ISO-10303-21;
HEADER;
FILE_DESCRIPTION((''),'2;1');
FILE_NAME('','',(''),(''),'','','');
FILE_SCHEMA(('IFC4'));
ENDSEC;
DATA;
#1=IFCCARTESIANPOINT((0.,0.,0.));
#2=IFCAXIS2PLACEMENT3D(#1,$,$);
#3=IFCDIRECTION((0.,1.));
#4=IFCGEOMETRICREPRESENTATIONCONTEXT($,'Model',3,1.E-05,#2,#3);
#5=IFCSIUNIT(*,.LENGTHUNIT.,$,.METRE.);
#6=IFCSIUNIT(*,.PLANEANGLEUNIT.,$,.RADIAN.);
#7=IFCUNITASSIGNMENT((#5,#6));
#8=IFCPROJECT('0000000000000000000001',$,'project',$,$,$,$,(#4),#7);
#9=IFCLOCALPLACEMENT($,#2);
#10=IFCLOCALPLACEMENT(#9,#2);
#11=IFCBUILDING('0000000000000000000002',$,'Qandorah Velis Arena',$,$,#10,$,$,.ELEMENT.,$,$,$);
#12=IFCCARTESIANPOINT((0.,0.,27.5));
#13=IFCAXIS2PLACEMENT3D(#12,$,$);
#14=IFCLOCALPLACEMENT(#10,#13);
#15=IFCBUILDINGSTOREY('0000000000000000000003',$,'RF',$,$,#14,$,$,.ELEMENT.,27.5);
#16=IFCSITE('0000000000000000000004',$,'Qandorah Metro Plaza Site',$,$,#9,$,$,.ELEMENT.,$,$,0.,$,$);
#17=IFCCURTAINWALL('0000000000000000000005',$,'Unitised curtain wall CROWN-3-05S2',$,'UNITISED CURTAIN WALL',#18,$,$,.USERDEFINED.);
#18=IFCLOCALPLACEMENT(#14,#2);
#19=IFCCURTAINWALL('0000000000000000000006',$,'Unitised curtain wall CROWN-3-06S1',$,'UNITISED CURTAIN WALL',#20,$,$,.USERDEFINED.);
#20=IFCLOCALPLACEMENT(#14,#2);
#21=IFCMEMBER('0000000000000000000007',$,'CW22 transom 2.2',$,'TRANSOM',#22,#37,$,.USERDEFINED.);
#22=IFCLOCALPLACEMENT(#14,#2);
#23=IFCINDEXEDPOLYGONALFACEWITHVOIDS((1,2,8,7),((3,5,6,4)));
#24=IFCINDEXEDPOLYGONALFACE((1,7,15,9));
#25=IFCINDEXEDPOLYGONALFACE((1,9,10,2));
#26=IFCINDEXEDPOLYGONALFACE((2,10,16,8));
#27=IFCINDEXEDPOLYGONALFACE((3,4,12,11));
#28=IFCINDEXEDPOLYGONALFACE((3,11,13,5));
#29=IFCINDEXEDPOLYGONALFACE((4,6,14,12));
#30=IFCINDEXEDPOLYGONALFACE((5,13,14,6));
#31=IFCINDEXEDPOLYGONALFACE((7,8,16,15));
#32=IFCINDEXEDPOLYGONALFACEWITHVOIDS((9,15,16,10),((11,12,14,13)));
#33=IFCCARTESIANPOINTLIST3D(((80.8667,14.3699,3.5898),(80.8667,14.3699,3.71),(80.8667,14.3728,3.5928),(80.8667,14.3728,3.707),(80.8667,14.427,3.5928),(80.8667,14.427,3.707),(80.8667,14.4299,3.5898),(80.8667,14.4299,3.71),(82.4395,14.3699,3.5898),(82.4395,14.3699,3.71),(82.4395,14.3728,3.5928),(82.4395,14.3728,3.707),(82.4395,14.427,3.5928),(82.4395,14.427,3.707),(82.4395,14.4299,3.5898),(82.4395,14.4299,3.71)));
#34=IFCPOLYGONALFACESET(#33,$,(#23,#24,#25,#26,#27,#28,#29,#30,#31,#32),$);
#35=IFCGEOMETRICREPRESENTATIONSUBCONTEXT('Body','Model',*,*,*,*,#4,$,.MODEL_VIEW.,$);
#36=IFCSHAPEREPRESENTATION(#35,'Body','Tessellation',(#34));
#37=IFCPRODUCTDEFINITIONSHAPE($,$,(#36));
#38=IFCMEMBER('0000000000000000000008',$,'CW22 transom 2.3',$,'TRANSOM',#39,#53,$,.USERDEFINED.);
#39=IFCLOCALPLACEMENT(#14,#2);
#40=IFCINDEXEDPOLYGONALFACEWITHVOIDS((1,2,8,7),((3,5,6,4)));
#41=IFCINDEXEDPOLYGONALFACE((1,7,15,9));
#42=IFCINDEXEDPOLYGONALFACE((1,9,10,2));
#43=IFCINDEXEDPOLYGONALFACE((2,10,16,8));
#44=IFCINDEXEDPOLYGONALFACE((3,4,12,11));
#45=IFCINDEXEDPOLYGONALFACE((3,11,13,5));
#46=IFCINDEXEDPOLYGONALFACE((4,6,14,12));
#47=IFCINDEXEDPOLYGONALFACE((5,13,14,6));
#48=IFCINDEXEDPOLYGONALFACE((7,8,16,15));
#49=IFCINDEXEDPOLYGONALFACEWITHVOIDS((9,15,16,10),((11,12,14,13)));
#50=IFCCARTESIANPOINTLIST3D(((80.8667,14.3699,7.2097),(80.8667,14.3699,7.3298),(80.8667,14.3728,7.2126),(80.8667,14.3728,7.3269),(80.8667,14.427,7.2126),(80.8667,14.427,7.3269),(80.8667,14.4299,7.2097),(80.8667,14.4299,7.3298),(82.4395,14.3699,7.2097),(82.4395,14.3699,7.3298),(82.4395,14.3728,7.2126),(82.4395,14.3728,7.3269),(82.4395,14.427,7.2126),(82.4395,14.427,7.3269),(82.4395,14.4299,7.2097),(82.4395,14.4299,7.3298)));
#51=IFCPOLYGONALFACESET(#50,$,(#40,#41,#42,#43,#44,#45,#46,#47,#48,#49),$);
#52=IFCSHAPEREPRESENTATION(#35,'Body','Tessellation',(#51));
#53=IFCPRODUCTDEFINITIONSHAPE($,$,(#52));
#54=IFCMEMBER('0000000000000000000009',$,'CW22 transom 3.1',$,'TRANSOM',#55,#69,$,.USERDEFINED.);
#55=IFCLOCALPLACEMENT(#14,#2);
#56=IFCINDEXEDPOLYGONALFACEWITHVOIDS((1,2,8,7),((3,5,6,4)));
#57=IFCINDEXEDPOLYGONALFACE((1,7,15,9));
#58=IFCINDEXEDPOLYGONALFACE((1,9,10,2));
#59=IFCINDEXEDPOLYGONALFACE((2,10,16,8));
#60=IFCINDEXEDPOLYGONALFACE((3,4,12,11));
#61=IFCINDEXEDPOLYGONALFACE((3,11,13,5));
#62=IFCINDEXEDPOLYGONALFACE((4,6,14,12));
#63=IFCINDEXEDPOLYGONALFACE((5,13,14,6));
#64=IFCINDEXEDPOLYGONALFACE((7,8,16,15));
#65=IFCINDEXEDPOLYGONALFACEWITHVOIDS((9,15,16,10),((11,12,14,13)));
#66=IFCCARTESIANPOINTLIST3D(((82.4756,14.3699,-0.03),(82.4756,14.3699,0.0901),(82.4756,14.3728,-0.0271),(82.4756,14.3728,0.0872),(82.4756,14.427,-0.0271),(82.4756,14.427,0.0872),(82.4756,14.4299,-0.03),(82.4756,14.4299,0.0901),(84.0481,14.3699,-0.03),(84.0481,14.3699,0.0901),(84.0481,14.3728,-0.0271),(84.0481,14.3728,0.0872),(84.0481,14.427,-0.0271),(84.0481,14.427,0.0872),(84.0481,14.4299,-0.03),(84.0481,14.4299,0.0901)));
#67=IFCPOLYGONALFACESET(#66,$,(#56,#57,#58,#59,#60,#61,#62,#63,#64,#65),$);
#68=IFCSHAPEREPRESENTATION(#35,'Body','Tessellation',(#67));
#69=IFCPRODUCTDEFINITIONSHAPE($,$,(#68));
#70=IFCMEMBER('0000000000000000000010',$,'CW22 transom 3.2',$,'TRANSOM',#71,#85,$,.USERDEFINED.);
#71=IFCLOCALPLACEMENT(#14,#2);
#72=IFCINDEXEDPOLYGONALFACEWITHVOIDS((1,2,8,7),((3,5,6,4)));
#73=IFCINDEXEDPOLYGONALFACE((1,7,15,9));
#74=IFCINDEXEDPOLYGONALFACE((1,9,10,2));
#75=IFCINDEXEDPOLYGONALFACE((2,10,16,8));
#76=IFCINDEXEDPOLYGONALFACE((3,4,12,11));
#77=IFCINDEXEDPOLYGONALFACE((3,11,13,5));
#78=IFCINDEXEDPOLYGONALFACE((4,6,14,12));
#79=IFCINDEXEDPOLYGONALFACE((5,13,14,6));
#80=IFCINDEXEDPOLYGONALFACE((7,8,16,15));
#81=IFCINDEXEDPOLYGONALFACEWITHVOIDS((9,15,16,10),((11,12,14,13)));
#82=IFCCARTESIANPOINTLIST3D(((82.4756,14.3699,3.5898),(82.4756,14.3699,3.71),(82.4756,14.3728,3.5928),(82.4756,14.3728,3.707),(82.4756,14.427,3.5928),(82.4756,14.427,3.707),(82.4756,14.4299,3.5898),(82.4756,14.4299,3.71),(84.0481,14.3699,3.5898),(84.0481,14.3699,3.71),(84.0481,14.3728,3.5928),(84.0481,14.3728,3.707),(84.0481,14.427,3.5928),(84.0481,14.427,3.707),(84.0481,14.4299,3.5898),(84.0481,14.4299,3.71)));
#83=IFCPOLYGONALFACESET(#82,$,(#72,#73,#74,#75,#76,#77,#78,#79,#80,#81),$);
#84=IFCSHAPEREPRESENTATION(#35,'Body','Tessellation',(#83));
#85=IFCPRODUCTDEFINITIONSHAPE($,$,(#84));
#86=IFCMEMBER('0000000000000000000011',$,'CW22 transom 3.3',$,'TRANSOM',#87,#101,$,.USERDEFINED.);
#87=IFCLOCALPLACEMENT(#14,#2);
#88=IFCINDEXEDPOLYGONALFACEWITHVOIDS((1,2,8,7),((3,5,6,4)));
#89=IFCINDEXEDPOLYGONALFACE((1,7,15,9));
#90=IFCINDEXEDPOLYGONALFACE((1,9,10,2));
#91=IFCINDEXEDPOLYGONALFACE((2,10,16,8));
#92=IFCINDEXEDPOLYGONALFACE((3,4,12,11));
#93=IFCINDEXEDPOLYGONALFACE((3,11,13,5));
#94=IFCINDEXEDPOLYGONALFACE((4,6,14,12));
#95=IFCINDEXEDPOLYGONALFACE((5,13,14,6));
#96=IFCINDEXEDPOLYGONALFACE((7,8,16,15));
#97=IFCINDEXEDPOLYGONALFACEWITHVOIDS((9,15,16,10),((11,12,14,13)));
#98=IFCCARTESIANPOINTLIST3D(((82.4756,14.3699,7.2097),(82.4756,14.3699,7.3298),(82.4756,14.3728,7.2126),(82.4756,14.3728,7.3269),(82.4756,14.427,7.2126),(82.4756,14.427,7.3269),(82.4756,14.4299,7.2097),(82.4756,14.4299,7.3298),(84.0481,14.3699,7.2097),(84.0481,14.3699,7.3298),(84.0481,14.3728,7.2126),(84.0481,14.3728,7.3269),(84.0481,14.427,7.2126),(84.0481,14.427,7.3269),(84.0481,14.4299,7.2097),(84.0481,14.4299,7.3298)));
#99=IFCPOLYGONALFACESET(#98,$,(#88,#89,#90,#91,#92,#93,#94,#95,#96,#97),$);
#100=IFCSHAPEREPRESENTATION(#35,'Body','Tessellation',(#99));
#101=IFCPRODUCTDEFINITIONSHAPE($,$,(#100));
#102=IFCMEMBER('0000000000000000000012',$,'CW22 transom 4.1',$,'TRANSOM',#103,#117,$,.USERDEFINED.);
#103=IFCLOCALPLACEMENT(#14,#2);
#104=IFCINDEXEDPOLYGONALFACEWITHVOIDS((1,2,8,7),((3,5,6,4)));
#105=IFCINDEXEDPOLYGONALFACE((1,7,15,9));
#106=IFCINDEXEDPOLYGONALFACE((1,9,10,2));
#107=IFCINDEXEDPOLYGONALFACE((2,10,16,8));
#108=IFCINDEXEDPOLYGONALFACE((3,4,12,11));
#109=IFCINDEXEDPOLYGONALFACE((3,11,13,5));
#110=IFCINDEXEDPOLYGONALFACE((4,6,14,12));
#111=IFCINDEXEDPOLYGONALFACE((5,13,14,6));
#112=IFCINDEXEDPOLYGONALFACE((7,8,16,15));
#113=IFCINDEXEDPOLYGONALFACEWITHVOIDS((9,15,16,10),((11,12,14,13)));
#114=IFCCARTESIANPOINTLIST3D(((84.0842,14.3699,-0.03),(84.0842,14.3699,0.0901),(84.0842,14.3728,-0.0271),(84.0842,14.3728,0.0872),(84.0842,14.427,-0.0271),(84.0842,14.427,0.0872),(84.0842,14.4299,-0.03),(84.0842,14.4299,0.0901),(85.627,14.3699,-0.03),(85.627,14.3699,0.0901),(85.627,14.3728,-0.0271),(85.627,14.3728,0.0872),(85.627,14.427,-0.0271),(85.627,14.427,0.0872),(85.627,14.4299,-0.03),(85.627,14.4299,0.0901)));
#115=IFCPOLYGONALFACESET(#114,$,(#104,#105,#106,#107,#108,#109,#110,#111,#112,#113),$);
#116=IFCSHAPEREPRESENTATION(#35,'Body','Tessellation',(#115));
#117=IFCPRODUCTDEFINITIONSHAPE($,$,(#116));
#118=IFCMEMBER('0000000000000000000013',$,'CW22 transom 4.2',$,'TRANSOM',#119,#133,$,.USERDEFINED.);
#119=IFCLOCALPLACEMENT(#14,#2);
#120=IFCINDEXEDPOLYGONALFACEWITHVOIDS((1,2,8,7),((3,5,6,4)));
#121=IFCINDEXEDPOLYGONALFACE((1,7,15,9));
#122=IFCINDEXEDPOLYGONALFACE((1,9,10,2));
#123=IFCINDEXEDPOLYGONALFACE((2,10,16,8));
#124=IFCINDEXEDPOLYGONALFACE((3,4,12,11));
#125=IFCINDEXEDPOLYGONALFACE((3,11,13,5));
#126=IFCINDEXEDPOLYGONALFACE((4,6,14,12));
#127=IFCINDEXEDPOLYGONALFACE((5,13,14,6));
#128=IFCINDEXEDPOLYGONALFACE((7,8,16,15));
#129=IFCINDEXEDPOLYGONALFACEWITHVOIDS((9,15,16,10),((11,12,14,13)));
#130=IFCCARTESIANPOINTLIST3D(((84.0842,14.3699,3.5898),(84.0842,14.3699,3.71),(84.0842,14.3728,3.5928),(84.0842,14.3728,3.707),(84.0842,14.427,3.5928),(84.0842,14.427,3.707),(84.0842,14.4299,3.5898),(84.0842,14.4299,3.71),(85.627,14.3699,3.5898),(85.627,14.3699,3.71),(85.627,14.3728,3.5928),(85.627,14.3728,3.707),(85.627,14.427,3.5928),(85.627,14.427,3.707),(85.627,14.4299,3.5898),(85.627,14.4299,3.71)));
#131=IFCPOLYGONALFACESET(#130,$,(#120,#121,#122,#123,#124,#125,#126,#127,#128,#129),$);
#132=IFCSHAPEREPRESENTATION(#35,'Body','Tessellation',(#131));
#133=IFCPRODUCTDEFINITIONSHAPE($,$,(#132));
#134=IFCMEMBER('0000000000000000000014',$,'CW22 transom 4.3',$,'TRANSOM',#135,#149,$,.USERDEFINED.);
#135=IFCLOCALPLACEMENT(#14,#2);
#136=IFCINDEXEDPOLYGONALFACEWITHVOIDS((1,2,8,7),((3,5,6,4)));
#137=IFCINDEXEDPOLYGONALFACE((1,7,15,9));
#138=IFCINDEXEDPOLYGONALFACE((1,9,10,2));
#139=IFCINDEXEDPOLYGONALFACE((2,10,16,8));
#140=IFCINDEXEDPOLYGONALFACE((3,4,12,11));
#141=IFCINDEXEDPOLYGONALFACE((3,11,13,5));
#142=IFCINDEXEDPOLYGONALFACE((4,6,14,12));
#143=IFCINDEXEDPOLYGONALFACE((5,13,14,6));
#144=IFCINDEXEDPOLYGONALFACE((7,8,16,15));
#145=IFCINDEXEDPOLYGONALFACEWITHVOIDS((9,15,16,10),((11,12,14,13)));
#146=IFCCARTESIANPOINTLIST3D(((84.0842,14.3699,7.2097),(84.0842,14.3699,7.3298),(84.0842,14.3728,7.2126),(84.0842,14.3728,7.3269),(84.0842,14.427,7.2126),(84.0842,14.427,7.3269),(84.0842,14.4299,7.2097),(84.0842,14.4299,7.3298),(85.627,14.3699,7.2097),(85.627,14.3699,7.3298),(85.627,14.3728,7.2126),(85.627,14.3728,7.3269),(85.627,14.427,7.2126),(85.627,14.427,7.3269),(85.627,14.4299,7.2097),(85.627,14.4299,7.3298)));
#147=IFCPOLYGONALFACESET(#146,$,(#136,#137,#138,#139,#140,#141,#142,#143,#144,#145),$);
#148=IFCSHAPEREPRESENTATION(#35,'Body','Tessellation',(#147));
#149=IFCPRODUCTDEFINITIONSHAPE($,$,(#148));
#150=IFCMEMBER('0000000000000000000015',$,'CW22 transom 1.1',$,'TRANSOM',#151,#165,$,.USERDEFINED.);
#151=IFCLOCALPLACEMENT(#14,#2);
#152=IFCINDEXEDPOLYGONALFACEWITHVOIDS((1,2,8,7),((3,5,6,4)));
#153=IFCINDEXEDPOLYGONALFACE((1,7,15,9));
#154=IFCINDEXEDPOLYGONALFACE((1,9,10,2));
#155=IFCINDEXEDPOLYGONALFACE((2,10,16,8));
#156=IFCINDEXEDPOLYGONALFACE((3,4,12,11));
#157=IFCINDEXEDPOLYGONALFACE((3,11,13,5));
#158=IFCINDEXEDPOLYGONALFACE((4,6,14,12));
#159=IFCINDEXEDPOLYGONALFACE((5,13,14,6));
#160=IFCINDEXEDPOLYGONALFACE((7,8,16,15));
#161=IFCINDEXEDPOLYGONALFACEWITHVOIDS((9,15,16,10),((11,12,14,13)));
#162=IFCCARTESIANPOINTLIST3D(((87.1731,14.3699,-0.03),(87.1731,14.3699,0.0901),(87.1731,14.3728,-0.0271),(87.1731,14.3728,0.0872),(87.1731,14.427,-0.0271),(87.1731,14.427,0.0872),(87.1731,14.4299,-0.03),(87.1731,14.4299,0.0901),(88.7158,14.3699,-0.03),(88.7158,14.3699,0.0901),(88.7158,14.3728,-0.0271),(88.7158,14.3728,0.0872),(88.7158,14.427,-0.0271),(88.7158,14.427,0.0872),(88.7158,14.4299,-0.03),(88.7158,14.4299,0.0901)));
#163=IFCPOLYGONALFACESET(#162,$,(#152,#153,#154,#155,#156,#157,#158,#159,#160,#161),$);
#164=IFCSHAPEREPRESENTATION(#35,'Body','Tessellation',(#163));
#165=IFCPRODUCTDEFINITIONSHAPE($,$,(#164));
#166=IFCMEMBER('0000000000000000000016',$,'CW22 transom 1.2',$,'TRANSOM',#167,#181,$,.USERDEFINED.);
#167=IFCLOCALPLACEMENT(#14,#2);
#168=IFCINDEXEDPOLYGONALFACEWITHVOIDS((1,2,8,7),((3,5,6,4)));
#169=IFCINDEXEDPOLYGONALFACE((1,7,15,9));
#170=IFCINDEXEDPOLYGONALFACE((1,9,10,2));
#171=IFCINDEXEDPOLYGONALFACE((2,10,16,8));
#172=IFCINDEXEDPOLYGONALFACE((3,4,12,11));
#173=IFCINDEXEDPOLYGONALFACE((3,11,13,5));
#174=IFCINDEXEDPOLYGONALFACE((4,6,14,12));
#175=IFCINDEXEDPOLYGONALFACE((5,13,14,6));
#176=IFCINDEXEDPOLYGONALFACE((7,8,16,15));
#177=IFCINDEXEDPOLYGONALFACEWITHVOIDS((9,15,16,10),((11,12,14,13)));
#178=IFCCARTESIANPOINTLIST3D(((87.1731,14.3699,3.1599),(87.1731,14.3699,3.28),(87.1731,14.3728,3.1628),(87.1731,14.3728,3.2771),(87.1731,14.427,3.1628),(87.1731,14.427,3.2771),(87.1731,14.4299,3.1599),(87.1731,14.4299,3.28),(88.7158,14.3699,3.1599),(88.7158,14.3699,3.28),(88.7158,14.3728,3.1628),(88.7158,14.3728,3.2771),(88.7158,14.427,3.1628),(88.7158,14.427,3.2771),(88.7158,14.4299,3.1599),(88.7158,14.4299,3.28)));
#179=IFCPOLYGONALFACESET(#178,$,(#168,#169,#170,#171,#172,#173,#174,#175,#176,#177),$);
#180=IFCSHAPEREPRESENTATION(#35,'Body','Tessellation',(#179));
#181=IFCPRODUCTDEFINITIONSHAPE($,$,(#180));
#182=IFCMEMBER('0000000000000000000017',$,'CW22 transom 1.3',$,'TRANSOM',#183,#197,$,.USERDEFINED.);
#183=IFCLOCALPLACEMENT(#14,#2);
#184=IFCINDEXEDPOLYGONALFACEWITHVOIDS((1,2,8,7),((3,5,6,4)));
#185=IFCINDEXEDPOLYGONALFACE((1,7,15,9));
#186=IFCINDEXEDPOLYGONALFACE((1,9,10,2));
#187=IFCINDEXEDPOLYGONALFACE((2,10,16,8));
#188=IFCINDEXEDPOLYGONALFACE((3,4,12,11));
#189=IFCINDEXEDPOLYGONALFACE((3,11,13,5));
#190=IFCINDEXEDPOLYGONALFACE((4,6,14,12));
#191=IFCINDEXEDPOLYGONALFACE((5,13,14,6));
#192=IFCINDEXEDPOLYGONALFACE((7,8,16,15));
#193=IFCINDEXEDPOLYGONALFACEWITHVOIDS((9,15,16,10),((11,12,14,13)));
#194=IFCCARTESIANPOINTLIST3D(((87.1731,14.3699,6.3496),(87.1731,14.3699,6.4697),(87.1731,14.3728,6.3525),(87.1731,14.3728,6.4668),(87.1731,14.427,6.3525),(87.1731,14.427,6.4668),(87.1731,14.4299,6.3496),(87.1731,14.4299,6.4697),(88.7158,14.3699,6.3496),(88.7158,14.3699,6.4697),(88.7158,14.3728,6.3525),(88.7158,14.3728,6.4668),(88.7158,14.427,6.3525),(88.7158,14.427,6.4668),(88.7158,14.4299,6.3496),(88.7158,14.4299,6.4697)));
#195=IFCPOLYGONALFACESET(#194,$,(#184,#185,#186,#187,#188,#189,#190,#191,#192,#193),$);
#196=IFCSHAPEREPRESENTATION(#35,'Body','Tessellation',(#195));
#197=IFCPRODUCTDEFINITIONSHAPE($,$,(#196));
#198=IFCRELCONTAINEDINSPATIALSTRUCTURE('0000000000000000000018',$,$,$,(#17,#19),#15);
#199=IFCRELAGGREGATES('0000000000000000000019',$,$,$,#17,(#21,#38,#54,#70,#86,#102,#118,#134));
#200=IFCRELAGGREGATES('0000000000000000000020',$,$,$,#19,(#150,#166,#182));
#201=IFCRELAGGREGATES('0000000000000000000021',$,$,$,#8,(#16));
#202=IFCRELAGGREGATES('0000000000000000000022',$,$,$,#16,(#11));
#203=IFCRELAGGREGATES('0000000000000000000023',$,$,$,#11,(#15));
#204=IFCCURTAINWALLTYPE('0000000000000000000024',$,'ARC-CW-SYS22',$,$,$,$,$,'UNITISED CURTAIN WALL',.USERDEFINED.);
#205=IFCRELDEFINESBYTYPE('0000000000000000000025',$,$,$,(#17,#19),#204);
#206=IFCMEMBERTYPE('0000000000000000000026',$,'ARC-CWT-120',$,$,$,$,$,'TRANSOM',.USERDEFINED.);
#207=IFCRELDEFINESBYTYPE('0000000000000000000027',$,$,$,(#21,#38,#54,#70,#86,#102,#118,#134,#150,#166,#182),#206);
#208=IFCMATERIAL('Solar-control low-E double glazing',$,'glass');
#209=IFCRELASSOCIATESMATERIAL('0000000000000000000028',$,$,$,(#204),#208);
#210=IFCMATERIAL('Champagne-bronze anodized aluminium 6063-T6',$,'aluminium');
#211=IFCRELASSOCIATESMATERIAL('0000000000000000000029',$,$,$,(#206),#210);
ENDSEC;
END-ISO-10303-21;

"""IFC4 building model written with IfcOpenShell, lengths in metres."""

from ifc_helpers import new_model, si_unit, direction, frame, origin, origin_2d, place, context, subcontext, project, spatial, hollow_rectangle, extrude, material, material_profile, profile_set, type_object, element, aggregate, save


model = new_model("IFC4")

# Units and contexts
model_context = context("Model", 3, precision=1e-05, world=origin(), true_north=direction((0.0, 1.0)))
body_context = subcontext(model_context, "Body", "Model", "MODEL_VIEW")
ifc_project = project(units=[si_unit("LENGTHUNIT", "METRE"), si_unit("PLANEANGLEUNIT", "RADIAN")], contexts=[model_context])

# Site, building, storey
site_placement = place(None, origin())
site = spatial("IfcSite", under=ifc_project, at=site_placement, Name="Qandorah Metro Plaza Site", CompositionType="ELEMENT", RefElevation=0.0)
building_placement = place(site_placement, origin())
building = spatial("IfcBuilding", under=site, at=building_placement, Name="Qandorah Velis Arena", CompositionType="ELEMENT")
storey_placement = place(building_placement, frame((0.0, 0.0, 27.5)))
storey = spatial("IfcBuildingStorey", under=building, at=storey_placement, Name="RF", CompositionType="ELEMENT", Elevation=27.5)

# Shared definitions
ifc_material_1 = material(Name="Solar-control low-E double glazing", Category="glass")
ifc_material_2 = material(Name="Champagne-bronze anodized aluminium 6063-T6", Category="aluminium")

# Curtain wall
curtain_wall_type_1 = type_object("IfcCurtainWallType", Name="ARC-CW-SYS22", ElementType="UNITISED CURTAIN WALL", PredefinedType="USERDEFINED", material=ifc_material_1)
curtain_wall_1_placement = place(storey_placement, origin())
curtain_wall_1 = element("IfcCurtainWall", 1, at=curtain_wall_1_placement, inside=storey, type_object=curtain_wall_type_1, Name="Unitised curtain wall CROWN-3-05S2", ObjectType="UNITISED CURTAIN WALL", PredefinedType="USERDEFINED")

# Curtain wall
curtain_wall_2_placement = place(storey_placement, origin())
curtain_wall_2 = element("IfcCurtainWall", 2, at=curtain_wall_2_placement, inside=storey, type_object=curtain_wall_type_1, Name="Unitised curtain wall CROWN-3-06S1", ObjectType="UNITISED CURTAIN WALL", PredefinedType="USERDEFINED")

# Members
ifc_material_profile_1 = material_profile(ifc_material_2, hollow_rectangle(XDim=0.0601, YDim=0.1201, WallThickness=0.0029, at=origin_2d()), Name="ALU TRANSOM 60x120")
ifc_profile_set_1 = profile_set([ifc_material_profile_1], Name="Champagne-bronze anodized aluminium 6063-T6")
member_type_1 = type_object("IfcMemberType", Name="ARC-CWT-120", ElementType="TRANSOM", PredefinedType="USERDEFINED", material=ifc_profile_set_1)
member_1_placement = place(storey_placement, frame((80.8667, 14.3999, 3.6499), z_axis=(1.0, 0.0, 0.0), x_axis=(0.0, 1.0, 0.0)))
member_1 = element("IfcMember", 3, at=member_1_placement, type_object=member_type_1, Name="CW22 transom 2.2", ObjectType="TRANSOM", PredefinedType="USERDEFINED", context=body_context, shape_type="SweptSolid", body=[
    extrude(hollow_rectangle(XDim=0.0601, YDim=0.1201, WallThickness=0.0029, at=origin_2d()), origin(), (0.0, 0.0, 1.0), 1.5728),
])
member_2_placement = place(storey_placement, frame((80.8667, 14.3999, 7.2698), z_axis=(1.0, 0.0, 0.0), x_axis=(0.0, 1.0, 0.0)))
member_2 = element("IfcMember", 4, at=member_2_placement, type_object=member_type_1, Name="CW22 transom 2.3", ObjectType="TRANSOM", PredefinedType="USERDEFINED", context=body_context, shape_type="SweptSolid", body=[
    extrude(hollow_rectangle(XDim=0.0601, YDim=0.1201, WallThickness=0.0029, at=origin_2d()), origin(), (0.0, 0.0, 1.0), 1.5728),
])
member_3_placement = place(storey_placement, frame((82.4756, 14.3999, 0.03), z_axis=(1.0, 0.0, 0.0), x_axis=(0.0, 1.0, 0.0)))
member_3 = element("IfcMember", 5, at=member_3_placement, type_object=member_type_1, Name="CW22 transom 3.1", ObjectType="TRANSOM", PredefinedType="USERDEFINED", context=body_context, shape_type="SweptSolid", body=[
    extrude(hollow_rectangle(XDim=0.0601, YDim=0.1201, WallThickness=0.0029, at=origin_2d()), origin(), (0.0, 0.0, 1.0), 1.5725),
])
member_4_placement = place(storey_placement, frame((82.4756, 14.3999, 3.6499), z_axis=(1.0, 0.0, 0.0), x_axis=(0.0, 1.0, 0.0)))
member_4 = element("IfcMember", 6, at=member_4_placement, type_object=member_type_1, Name="CW22 transom 3.2", ObjectType="TRANSOM", PredefinedType="USERDEFINED", context=body_context, shape_type="SweptSolid", body=[
    extrude(hollow_rectangle(XDim=0.0601, YDim=0.1201, WallThickness=0.0029, at=origin_2d()), origin(), (0.0, 0.0, 1.0), 1.5725),
])
member_5_placement = place(storey_placement, frame((82.4756, 14.3999, 7.2698), z_axis=(1.0, 0.0, 0.0), x_axis=(0.0, 1.0, 0.0)))
member_5 = element("IfcMember", 7, at=member_5_placement, type_object=member_type_1, Name="CW22 transom 3.3", ObjectType="TRANSOM", PredefinedType="USERDEFINED", context=body_context, shape_type="SweptSolid", body=[
    extrude(hollow_rectangle(XDim=0.0601, YDim=0.1201, WallThickness=0.0029, at=origin_2d()), origin(), (0.0, 0.0, 1.0), 1.5725),
])
member_6_placement = place(storey_placement, frame((84.0842, 14.3999, 0.03), z_axis=(1.0, 0.0, 0.0), x_axis=(0.0, 1.0, 0.0)))
member_6 = element("IfcMember", 8, at=member_6_placement, type_object=member_type_1, Name="CW22 transom 4.1", ObjectType="TRANSOM", PredefinedType="USERDEFINED", context=body_context, shape_type="SweptSolid", body=[
    extrude(hollow_rectangle(XDim=0.0601, YDim=0.1201, WallThickness=0.0029, at=origin_2d()), origin(), (0.0, 0.0, 1.0), 1.5427),
])
member_7_placement = place(storey_placement, frame((84.0842, 14.3999, 3.6499), z_axis=(1.0, 0.0, 0.0), x_axis=(0.0, 1.0, 0.0)))
member_7 = element("IfcMember", 9, at=member_7_placement, type_object=member_type_1, Name="CW22 transom 4.2", ObjectType="TRANSOM", PredefinedType="USERDEFINED", context=body_context, shape_type="SweptSolid", body=[
    extrude(hollow_rectangle(XDim=0.0601, YDim=0.1201, WallThickness=0.0029, at=origin_2d()), origin(), (0.0, 0.0, 1.0), 1.5427),
])
member_8_placement = place(storey_placement, frame((84.0842, 14.3999, 7.2698), z_axis=(1.0, 0.0, 0.0), x_axis=(0.0, 1.0, 0.0)))
member_8 = element("IfcMember", 10, at=member_8_placement, type_object=member_type_1, Name="CW22 transom 4.3", ObjectType="TRANSOM", PredefinedType="USERDEFINED", context=body_context, shape_type="SweptSolid", body=[
    extrude(hollow_rectangle(XDim=0.0601, YDim=0.1201, WallThickness=0.0029, at=origin_2d()), origin(), (0.0, 0.0, 1.0), 1.5427),
])
member_9_placement = place(storey_placement, frame((87.1731, 14.3999, 0.03), z_axis=(1.0, 0.0, 0.0), x_axis=(0.0, 1.0, 0.0)))
member_9 = element("IfcMember", 11, at=member_9_placement, type_object=member_type_1, Name="CW22 transom 1.1", ObjectType="TRANSOM", PredefinedType="USERDEFINED", context=body_context, shape_type="SweptSolid", body=[
    extrude(hollow_rectangle(XDim=0.0601, YDim=0.1201, WallThickness=0.0029, at=origin_2d()), origin(), (0.0, 0.0, 1.0), 1.5427),
])
member_10_placement = place(storey_placement, frame((87.1731, 14.3999, 3.22), z_axis=(1.0, 0.0, 0.0), x_axis=(0.0, 1.0, 0.0)))
member_10 = element("IfcMember", 12, at=member_10_placement, type_object=member_type_1, Name="CW22 transom 1.2", ObjectType="TRANSOM", PredefinedType="USERDEFINED", context=body_context, shape_type="SweptSolid", body=[
    extrude(hollow_rectangle(XDim=0.0601, YDim=0.1201, WallThickness=0.0029, at=origin_2d()), origin(), (0.0, 0.0, 1.0), 1.5427),
])
member_11_placement = place(storey_placement, frame((87.1731, 14.3999, 6.4097), z_axis=(1.0, 0.0, 0.0), x_axis=(0.0, 1.0, 0.0)))
member_11 = element("IfcMember", 13, at=member_11_placement, type_object=member_type_1, Name="CW22 transom 1.3", ObjectType="TRANSOM", PredefinedType="USERDEFINED", context=body_context, shape_type="SweptSolid", body=[
    extrude(hollow_rectangle(XDim=0.0601, YDim=0.1201, WallThickness=0.0029, at=origin_2d()), origin(), (0.0, 0.0, 1.0), 1.5427),
])

aggregate(curtain_wall_1, [member_1, member_2, member_3, member_4, member_5, member_6, member_7, member_8])
aggregate(curtain_wall_2, [member_9, member_10, member_11])

save(model, "model.ifc")
